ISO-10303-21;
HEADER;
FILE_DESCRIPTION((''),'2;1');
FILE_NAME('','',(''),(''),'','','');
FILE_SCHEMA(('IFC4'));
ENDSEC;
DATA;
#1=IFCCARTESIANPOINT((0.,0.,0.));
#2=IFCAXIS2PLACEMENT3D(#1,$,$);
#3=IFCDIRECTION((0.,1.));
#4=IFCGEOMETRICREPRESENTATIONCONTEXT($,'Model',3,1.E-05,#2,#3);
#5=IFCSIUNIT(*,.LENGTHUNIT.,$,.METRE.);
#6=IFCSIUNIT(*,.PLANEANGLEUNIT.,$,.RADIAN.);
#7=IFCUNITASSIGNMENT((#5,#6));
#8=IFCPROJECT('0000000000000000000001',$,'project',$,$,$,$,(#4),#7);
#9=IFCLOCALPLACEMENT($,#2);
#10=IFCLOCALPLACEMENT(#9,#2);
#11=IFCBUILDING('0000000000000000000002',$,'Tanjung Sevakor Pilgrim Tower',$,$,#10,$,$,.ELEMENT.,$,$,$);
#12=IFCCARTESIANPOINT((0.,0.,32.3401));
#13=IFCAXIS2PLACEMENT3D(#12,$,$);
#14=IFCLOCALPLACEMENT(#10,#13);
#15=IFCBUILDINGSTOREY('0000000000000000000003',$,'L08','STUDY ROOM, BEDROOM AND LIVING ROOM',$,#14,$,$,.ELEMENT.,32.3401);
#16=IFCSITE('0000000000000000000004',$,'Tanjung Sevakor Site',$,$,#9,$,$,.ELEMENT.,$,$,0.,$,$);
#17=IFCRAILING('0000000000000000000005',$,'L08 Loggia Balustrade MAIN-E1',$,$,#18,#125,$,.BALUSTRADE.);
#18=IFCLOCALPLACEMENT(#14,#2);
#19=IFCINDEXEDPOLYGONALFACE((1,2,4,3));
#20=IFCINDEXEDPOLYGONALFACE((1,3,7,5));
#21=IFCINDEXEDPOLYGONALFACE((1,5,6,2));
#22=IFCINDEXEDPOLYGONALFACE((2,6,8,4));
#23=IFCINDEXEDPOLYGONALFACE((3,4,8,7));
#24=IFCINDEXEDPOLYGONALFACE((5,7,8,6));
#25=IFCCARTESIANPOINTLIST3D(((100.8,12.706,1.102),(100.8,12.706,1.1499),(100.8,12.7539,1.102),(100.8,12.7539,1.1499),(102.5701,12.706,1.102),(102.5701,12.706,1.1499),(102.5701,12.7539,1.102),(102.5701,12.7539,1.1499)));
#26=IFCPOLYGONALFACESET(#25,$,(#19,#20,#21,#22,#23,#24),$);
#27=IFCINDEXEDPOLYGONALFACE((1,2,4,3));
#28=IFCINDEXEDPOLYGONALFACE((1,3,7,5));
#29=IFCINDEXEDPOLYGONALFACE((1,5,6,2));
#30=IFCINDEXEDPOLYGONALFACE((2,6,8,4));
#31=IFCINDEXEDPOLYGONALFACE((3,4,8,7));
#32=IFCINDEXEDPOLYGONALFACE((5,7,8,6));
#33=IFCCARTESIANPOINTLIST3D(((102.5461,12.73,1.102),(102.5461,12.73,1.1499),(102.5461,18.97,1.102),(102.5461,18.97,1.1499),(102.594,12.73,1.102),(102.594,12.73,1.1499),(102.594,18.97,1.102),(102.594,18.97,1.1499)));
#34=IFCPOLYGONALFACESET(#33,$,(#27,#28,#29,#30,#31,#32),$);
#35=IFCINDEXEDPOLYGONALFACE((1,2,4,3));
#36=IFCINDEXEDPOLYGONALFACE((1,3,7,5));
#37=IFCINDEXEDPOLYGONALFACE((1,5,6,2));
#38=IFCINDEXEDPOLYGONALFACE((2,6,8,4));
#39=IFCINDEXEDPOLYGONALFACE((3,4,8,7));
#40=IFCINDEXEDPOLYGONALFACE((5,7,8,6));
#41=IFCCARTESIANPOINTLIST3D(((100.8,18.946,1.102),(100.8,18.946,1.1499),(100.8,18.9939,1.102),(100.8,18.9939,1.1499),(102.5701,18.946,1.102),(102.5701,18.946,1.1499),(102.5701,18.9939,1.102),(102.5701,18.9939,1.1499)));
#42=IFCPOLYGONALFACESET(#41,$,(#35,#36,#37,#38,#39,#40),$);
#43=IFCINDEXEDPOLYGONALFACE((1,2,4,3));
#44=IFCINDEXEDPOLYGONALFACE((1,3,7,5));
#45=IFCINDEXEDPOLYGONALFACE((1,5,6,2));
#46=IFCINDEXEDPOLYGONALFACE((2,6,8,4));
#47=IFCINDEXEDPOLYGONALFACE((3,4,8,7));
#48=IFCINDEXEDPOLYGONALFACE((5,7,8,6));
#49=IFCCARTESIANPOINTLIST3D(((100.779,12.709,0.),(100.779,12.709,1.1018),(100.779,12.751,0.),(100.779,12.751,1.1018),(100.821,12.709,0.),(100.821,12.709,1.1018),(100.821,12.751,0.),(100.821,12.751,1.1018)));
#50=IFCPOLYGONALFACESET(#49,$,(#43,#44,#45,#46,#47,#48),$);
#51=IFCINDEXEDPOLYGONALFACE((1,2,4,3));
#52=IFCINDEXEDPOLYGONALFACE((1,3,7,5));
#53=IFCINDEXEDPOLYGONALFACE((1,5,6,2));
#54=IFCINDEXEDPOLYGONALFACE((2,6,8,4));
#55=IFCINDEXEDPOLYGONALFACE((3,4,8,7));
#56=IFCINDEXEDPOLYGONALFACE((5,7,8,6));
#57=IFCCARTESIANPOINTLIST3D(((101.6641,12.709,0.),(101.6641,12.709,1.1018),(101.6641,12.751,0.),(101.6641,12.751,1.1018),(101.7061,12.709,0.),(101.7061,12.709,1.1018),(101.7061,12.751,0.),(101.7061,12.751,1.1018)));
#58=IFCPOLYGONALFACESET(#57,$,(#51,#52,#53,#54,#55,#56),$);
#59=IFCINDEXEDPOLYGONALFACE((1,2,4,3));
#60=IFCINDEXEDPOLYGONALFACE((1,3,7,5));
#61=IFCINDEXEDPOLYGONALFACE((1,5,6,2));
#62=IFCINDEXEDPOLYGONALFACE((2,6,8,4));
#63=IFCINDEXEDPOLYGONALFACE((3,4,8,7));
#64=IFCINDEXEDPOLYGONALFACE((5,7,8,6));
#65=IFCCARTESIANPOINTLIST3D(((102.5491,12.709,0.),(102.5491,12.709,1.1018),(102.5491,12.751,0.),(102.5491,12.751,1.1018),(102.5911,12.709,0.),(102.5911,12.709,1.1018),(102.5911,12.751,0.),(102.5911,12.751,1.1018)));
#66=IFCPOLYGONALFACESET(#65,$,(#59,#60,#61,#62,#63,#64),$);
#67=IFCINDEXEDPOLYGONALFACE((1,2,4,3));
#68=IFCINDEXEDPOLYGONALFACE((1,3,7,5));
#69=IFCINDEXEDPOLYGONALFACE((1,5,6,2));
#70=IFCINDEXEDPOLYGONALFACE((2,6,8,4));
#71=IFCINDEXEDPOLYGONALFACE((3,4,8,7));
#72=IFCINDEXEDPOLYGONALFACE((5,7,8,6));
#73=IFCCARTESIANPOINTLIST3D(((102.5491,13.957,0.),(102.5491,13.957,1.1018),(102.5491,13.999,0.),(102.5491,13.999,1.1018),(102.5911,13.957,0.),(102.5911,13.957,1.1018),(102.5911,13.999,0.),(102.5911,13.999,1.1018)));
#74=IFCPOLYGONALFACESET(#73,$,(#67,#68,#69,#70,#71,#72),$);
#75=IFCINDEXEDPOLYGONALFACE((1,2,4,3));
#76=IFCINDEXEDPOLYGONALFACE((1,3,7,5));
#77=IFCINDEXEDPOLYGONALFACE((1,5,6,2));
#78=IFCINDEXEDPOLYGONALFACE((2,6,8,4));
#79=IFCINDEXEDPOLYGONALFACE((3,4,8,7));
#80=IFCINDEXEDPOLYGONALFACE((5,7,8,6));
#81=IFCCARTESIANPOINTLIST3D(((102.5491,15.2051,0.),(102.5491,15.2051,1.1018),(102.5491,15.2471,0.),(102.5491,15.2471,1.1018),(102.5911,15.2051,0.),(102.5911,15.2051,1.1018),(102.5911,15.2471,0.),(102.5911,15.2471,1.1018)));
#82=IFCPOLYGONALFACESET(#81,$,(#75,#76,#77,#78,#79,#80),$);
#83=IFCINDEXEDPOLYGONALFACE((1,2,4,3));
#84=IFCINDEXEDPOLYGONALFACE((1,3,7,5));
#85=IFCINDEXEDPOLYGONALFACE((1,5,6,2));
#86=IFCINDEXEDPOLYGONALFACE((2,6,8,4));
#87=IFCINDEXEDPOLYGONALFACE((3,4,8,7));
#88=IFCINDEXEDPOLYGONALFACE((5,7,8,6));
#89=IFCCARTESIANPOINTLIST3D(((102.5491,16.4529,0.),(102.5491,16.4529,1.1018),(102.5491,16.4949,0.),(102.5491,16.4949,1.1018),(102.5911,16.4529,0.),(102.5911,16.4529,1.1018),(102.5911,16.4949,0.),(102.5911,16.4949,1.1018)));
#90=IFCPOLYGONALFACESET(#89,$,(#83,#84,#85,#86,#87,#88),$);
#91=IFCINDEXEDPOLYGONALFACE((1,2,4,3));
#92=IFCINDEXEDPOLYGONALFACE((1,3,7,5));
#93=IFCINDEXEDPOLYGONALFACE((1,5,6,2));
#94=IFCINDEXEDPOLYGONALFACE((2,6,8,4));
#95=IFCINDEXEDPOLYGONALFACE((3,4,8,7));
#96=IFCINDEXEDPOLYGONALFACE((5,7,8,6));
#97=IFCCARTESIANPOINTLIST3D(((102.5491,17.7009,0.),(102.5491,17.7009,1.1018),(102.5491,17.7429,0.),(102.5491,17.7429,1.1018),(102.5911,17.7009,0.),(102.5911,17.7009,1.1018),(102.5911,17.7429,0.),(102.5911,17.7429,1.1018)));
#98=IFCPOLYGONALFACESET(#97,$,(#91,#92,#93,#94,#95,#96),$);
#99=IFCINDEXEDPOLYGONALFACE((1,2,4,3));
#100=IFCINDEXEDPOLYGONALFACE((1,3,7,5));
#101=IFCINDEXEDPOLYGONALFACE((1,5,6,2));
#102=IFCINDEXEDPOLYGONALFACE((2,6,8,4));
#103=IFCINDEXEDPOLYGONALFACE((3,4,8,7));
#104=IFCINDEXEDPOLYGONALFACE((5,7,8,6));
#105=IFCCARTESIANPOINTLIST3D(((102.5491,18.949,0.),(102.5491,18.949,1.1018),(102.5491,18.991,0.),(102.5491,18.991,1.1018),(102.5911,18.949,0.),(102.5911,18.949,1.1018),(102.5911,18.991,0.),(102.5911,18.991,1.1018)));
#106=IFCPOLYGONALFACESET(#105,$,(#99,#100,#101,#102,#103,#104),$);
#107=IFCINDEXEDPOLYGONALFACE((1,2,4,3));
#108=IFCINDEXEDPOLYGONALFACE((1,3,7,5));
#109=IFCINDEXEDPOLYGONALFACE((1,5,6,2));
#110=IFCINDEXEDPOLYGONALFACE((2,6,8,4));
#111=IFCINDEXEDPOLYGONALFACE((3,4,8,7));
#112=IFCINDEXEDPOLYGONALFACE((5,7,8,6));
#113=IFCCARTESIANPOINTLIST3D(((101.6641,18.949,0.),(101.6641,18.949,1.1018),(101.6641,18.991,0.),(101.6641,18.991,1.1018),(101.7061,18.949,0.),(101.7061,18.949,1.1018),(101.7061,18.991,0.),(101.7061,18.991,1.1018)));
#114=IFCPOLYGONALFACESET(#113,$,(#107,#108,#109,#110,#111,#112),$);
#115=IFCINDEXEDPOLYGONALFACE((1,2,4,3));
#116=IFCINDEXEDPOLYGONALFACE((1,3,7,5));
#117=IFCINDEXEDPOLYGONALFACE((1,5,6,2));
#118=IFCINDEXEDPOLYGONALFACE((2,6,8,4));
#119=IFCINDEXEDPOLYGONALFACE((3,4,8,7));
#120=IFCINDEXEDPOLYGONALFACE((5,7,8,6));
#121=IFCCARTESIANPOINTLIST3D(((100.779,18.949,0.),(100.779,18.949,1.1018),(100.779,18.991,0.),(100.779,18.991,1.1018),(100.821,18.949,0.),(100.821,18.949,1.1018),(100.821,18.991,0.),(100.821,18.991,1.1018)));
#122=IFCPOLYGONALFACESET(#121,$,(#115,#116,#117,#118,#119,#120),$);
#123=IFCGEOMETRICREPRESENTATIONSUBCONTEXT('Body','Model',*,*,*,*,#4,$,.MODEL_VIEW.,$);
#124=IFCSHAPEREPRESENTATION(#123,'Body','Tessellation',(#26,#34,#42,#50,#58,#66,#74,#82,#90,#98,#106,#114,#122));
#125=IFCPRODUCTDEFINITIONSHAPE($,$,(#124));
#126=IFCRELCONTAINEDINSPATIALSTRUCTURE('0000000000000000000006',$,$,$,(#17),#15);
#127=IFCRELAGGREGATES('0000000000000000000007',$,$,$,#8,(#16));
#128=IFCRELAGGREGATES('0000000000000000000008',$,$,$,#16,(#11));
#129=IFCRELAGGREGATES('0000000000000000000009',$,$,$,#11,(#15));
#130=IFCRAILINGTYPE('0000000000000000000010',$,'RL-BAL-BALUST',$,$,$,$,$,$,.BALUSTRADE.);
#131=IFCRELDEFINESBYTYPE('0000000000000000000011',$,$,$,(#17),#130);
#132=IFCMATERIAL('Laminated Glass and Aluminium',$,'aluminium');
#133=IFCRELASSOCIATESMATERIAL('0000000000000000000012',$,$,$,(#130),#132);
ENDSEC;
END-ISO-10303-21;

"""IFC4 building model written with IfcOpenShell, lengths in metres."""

from ifc_helpers import new_model, si_unit, direction, frame, origin, place, context, subcontext, project, spatial, rectangle, extrude, material, type_object, element, save


model = new_model("IFC4")

# Units and contexts
model_context = context("Model", 3, precision=1e-05, world=origin(), true_north=direction((0.0, 1.0)))
body_context = subcontext(model_context, "Body", "Model", "MODEL_VIEW")
ifc_project = project(units=[si_unit("LENGTHUNIT", "METRE"), si_unit("PLANEANGLEUNIT", "RADIAN")], contexts=[model_context])

# Site, building, storey
site_placement = place(None, origin())
site = spatial("IfcSite", under=ifc_project, at=site_placement, Name="Tanjung Sevakor Site", CompositionType="ELEMENT", RefElevation=0.0)
building_placement = place(site_placement, origin())
building = spatial("IfcBuilding", under=site, at=building_placement, Name="Tanjung Sevakor Pilgrim Tower", CompositionType="ELEMENT")
storey_placement = place(building_placement, frame((0.0, 0.0, 32.3401)))
storey = spatial("IfcBuildingStorey", under=building, at=storey_placement, Name="L08", Description="STUDY ROOM, BEDROOM AND LIVING ROOM", CompositionType="ELEMENT", Elevation=32.3401)

# Railing
ifc_material_1 = material(Name="Laminated Glass and Aluminium", Category="aluminium")
railing_type = type_object("IfcRailingType", Name="RL-BAL-BALUST", PredefinedType="BALUSTRADE", material=ifc_material_1)
railing_placement = place(storey_placement, frame((100.8, 12.73, 0.0)))
element("IfcRailing", 1, at=railing_placement, inside=storey, type_object=railing_type, Name="L08 Loggia Balustrade MAIN-E1", PredefinedType="BALUSTRADE", context=body_context, shape_type="SweptSolid", body=[
    extrude(rectangle(XDim=0.0479, YDim=0.0479), frame((0.0, 0.0, 1.126), z_axis=(1.0, 0.0, 0.0), x_axis=(0.0, 1.0, 0.0)), (0.0, 0.0, 1.0), 1.77),
    extrude(rectangle(XDim=0.0479, YDim=0.0479), frame((1.77, 0.0, 1.126), z_axis=(0.0, 1.0, 0.0), x_axis=(-1.0, 0.0, 0.0)), (0.0, 0.0, 1.0), 6.24),
    extrude(rectangle(XDim=0.0479, YDim=0.0479), frame((1.77, 6.24, 1.126), z_axis=(-1.0, 0.0, 0.0), x_axis=(0.0, -1.0, 0.0)), (0.0, 0.0, 1.0), 1.77),
    extrude(rectangle(XDim=0.042, YDim=0.042), origin(), (0.0, 0.0, 1.0), 1.1018),
    extrude(rectangle(XDim=0.042, YDim=0.042), frame((0.885, 0.0, 0.0)), (0.0, 0.0, 1.0), 1.1018),
    extrude(rectangle(XDim=0.042, YDim=0.042), frame((1.77, 0.0, 0.0)), (0.0, 0.0, 1.0), 1.1018),
    extrude(rectangle(XDim=0.042, YDim=0.042), frame((1.77, 1.248, 0.0)), (0.0, 0.0, 1.0), 1.1018),
    extrude(rectangle(XDim=0.042, YDim=0.042), frame((1.77, 2.4961, 0.0)), (0.0, 0.0, 1.0), 1.1018),
    extrude(rectangle(XDim=0.042, YDim=0.042), frame((1.77, 3.7439, 0.0)), (0.0, 0.0, 1.0), 1.1018),
    extrude(rectangle(XDim=0.042, YDim=0.042), frame((1.77, 4.9919, 0.0)), (0.0, 0.0, 1.0), 1.1018),
    extrude(rectangle(XDim=0.042, YDim=0.042), frame((1.77, 6.24, 0.0)), (0.0, 0.0, 1.0), 1.1018),
    extrude(rectangle(XDim=0.042, YDim=0.042), frame((0.885, 6.24, 0.0)), (0.0, 0.0, 1.0), 1.1018),
    extrude(rectangle(XDim=0.042, YDim=0.042), frame((0.0, 6.24, 0.0)), (0.0, 0.0, 1.0), 1.1018),
])

save(model, "model.ifc")
